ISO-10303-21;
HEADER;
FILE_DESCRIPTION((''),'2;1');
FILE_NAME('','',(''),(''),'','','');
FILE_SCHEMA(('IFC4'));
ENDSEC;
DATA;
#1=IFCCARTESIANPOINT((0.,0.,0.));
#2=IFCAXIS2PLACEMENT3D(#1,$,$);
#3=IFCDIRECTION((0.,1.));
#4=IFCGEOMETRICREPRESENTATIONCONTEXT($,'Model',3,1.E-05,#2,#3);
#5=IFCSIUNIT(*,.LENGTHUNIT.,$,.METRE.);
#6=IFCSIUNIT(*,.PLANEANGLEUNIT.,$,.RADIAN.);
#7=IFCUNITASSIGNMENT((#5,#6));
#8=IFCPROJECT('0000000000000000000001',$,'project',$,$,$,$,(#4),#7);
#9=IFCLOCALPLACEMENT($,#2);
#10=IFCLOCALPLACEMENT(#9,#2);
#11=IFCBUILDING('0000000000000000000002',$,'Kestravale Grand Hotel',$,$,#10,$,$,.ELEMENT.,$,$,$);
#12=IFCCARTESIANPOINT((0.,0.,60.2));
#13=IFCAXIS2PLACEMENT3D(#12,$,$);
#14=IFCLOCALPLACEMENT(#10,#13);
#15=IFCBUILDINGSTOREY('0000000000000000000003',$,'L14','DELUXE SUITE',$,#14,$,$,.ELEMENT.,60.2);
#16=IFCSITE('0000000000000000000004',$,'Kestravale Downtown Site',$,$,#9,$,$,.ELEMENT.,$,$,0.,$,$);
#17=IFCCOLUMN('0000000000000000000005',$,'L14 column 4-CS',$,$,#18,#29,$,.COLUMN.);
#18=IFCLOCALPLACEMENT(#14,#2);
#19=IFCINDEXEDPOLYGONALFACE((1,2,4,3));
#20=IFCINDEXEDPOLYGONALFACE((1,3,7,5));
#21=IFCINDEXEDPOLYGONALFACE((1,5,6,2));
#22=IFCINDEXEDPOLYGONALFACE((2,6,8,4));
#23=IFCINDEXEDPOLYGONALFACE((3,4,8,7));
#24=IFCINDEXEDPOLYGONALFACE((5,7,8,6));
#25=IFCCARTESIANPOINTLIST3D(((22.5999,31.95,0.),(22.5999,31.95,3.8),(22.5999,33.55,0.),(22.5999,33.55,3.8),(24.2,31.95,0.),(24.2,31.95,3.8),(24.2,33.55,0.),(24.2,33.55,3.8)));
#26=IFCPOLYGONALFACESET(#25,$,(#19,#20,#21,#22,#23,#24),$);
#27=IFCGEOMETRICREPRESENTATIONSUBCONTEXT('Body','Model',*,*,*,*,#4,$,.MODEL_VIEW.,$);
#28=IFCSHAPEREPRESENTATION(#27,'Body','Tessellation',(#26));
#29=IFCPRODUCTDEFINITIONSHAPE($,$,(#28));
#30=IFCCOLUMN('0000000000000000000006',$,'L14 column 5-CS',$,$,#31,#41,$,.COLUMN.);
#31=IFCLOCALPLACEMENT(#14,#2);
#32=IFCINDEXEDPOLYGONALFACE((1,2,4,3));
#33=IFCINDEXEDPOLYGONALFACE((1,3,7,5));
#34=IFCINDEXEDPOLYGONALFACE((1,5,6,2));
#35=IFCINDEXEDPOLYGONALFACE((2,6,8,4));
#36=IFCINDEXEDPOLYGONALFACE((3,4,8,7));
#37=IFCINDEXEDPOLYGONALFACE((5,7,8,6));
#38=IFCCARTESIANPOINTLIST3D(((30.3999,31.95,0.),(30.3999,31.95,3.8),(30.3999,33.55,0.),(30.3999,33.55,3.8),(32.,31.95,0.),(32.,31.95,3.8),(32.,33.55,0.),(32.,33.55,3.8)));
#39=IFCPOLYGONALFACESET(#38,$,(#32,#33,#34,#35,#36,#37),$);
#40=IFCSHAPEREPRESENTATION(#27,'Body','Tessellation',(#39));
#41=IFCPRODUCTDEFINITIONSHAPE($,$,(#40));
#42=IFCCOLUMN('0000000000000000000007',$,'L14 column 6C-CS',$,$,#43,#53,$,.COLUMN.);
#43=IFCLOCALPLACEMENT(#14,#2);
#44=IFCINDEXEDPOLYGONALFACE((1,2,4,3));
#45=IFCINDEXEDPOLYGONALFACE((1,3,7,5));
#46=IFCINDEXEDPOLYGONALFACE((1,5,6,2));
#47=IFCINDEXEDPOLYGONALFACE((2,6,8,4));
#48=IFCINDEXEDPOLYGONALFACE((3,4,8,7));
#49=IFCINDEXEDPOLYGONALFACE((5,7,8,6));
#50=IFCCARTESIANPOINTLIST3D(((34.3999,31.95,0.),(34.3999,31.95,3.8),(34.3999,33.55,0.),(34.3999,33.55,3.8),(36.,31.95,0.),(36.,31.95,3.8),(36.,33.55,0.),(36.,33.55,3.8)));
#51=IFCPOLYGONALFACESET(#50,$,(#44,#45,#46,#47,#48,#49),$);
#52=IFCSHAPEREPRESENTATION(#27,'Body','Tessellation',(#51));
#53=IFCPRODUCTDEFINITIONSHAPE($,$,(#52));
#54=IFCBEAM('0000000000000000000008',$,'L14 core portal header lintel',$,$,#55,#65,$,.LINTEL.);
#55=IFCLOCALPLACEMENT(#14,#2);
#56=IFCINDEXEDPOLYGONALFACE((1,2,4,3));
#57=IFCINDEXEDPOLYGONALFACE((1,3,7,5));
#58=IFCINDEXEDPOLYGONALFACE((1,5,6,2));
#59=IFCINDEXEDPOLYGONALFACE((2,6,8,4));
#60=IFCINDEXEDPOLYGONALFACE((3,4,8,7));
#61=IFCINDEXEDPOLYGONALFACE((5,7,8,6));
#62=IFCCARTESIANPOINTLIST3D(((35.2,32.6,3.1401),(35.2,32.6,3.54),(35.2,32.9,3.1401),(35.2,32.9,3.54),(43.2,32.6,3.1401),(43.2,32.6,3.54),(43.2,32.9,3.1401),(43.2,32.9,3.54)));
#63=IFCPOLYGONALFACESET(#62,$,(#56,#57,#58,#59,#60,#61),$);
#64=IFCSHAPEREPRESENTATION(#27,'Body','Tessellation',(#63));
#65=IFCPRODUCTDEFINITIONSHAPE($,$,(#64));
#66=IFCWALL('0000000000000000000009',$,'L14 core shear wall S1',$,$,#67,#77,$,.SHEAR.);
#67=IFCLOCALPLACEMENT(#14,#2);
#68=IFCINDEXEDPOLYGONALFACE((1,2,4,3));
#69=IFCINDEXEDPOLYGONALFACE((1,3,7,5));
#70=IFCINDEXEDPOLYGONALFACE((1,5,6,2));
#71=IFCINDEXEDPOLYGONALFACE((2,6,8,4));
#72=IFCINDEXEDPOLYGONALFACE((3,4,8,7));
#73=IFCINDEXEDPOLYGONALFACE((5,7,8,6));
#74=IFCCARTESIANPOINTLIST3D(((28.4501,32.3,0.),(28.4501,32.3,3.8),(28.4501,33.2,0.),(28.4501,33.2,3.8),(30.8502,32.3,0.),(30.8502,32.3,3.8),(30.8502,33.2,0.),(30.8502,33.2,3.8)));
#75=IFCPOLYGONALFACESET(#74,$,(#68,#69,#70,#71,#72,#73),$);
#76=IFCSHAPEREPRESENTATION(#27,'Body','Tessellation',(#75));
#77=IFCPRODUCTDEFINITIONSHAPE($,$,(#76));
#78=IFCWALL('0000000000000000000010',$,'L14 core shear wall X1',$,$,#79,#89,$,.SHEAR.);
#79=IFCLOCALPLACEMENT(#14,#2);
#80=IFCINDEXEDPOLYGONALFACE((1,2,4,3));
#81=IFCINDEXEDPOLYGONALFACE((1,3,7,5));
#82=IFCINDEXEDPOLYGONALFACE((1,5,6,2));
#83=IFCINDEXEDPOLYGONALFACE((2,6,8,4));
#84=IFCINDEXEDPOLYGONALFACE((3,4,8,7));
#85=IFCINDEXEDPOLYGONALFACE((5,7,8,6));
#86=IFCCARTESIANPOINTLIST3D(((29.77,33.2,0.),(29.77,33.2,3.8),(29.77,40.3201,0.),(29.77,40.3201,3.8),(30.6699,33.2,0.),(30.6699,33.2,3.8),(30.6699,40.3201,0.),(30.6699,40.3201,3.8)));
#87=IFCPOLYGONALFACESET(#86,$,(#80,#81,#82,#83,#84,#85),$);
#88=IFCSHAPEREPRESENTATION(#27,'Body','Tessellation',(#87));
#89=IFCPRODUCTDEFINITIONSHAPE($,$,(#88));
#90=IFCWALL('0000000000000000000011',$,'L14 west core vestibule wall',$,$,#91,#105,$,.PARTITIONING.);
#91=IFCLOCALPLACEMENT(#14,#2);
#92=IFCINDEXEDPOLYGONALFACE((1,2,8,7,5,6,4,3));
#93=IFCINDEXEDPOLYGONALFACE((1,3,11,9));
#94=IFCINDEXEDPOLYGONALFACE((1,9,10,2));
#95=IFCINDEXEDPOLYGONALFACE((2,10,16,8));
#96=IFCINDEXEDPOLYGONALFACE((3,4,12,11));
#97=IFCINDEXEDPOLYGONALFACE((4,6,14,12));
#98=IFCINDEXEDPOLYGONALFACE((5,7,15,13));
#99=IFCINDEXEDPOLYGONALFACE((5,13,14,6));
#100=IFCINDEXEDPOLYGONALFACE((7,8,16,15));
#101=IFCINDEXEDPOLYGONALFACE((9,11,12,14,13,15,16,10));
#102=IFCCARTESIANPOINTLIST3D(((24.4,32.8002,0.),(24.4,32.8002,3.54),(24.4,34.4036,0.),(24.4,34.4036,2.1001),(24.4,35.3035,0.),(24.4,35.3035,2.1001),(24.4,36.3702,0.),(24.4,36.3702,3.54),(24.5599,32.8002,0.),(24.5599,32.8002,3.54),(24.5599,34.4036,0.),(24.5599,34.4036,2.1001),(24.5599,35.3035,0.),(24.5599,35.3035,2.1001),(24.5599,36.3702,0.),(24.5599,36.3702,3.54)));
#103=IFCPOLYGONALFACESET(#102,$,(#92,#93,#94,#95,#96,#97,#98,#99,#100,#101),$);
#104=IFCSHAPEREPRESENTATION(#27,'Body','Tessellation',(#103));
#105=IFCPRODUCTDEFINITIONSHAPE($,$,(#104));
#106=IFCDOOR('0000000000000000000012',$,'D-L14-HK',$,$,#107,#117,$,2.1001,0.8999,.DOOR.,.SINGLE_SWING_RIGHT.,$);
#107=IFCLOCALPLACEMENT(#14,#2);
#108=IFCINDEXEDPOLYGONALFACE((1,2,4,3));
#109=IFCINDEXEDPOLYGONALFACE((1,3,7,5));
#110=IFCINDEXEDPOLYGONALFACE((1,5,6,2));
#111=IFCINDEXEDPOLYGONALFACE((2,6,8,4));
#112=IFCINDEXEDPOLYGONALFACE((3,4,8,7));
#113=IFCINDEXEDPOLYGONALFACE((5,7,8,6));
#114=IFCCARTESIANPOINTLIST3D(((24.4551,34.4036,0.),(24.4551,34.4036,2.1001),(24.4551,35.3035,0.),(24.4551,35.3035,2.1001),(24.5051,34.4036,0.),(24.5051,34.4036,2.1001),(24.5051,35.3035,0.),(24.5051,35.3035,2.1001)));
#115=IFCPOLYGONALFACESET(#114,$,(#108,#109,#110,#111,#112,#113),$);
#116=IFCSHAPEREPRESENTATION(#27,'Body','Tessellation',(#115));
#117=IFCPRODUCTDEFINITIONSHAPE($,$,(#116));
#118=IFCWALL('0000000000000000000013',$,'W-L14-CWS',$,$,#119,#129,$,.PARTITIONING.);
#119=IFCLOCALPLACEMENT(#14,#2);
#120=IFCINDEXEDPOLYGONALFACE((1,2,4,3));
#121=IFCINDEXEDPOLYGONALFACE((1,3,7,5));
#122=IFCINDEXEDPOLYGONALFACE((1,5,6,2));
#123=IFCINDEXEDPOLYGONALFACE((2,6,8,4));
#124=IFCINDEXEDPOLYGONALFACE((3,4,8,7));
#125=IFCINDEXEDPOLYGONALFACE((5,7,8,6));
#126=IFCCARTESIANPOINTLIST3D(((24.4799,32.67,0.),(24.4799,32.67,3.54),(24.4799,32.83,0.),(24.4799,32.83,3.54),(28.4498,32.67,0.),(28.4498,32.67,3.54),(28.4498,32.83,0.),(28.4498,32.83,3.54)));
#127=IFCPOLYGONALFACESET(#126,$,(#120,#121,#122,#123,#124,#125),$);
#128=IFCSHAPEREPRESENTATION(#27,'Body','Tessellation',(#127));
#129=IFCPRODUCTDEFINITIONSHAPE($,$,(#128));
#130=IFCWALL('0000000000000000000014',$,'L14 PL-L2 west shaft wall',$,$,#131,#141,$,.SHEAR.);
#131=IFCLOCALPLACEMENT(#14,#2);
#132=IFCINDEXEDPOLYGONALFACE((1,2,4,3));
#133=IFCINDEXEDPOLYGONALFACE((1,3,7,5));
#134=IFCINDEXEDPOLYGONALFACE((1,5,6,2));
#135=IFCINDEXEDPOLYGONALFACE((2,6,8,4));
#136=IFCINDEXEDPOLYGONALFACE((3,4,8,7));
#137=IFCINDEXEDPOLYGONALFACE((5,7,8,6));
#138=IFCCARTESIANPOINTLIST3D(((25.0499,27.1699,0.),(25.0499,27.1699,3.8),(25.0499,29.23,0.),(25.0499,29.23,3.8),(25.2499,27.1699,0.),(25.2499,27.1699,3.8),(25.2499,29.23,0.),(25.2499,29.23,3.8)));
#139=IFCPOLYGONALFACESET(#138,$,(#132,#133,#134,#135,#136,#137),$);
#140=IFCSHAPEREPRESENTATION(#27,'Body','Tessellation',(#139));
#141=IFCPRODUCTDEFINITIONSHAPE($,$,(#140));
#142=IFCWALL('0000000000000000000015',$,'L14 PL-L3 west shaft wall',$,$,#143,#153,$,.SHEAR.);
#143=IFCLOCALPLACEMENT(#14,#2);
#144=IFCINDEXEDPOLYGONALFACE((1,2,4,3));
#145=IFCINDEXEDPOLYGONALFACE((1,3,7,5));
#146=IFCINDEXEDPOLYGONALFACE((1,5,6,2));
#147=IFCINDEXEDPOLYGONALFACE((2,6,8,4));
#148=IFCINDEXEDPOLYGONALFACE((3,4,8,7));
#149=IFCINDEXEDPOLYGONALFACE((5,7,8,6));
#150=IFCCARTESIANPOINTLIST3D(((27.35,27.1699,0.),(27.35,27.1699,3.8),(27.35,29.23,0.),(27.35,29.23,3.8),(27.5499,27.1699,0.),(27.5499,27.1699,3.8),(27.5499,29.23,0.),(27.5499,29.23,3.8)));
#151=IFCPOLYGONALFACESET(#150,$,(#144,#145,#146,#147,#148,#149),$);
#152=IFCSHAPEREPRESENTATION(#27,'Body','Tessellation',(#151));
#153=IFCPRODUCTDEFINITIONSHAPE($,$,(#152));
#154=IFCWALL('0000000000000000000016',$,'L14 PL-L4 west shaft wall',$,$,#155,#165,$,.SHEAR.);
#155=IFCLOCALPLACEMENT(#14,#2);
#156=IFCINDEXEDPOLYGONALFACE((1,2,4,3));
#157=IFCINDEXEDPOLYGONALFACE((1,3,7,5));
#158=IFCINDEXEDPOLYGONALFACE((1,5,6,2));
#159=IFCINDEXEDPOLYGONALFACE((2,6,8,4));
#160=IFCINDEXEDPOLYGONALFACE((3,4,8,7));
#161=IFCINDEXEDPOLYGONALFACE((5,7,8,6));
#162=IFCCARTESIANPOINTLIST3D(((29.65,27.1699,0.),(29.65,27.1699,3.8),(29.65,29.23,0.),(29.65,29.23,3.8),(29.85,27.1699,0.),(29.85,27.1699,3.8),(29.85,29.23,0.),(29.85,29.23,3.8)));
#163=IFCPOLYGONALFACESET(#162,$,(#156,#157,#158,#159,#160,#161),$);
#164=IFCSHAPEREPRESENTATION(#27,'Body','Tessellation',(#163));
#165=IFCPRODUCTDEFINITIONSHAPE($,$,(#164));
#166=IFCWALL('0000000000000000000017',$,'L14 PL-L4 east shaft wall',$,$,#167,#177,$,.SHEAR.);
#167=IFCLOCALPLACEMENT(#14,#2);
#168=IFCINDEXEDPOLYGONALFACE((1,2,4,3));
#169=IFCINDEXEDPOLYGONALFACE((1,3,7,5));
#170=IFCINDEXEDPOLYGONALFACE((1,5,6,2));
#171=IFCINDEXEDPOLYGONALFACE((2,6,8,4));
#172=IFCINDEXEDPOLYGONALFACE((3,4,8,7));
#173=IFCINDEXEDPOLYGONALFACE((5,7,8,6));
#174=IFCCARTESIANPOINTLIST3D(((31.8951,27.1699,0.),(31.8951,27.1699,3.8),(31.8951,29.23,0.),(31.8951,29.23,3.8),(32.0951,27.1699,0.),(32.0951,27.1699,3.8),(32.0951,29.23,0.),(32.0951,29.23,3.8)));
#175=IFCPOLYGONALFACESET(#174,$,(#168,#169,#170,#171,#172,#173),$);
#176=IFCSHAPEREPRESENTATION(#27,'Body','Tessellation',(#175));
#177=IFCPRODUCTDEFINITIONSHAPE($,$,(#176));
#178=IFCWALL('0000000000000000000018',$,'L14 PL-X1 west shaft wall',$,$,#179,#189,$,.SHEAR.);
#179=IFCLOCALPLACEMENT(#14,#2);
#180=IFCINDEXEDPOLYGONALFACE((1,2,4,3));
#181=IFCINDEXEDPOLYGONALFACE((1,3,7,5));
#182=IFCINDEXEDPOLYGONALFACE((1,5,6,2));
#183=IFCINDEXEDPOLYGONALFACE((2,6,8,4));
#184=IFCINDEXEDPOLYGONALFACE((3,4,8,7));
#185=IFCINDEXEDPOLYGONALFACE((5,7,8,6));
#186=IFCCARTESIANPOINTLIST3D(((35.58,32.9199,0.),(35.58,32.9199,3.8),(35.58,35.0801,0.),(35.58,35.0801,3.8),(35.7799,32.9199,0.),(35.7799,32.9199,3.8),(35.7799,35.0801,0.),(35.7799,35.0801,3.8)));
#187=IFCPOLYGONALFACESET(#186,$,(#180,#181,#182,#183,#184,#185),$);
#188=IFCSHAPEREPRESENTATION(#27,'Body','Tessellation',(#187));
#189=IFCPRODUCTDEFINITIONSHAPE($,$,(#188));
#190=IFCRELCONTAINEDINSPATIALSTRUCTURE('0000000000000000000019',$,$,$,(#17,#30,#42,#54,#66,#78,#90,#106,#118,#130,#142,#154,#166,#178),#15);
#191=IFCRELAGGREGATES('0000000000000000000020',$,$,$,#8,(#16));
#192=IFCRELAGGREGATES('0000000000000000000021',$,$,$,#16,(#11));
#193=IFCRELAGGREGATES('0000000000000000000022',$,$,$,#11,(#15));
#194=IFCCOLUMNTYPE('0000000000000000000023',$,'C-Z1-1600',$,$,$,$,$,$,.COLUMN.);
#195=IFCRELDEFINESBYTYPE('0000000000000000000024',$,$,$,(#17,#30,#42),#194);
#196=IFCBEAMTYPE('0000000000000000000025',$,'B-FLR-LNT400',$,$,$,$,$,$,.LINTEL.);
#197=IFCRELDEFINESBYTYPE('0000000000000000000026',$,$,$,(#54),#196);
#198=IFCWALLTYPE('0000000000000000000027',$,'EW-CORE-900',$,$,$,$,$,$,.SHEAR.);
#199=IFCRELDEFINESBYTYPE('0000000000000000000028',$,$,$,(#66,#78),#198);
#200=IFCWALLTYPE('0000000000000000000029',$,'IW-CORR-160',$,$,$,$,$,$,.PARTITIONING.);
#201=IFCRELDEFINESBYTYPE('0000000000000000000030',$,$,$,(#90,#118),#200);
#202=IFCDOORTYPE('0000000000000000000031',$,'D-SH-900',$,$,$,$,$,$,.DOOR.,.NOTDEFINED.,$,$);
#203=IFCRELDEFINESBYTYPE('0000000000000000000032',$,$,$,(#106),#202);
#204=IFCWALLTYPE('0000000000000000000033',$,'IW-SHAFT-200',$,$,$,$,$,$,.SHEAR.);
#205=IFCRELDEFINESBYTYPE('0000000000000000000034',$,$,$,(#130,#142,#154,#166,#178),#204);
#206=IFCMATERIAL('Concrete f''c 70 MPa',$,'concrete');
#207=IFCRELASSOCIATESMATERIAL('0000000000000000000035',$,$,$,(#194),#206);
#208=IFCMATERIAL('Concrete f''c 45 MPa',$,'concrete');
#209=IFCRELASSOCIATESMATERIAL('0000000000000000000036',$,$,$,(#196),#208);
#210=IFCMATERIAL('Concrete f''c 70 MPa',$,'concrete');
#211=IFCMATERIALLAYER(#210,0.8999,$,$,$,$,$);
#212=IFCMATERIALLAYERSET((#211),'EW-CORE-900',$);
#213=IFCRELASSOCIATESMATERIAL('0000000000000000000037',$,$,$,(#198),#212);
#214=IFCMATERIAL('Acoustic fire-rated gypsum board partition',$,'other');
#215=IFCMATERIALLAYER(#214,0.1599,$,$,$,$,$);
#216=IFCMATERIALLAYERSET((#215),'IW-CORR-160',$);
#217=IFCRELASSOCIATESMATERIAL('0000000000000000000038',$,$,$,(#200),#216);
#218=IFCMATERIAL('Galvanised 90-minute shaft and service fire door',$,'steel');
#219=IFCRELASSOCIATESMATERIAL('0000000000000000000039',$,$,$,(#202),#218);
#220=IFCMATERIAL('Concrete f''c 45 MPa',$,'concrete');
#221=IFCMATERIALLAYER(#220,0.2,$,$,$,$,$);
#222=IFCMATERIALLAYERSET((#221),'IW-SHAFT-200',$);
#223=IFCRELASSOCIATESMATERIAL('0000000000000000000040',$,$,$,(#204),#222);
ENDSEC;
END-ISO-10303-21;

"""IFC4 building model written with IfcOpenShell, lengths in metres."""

from ifc_helpers import new_model, si_unit, direction, frame, frame_2d, origin, origin_2d, place, context, subcontext, project, spatial, rectangle, extrude, material, layer, layer_set, material_profile, profile_set, type_object, element, fill, save


model = new_model("IFC4")

# Units and contexts
model_context = context("Model", 3, precision=1e-05, world=origin(), true_north=direction((0.0, 1.0)))
body_context = subcontext(model_context, "Body", "Model", "MODEL_VIEW")
ifc_project = project(units=[si_unit("LENGTHUNIT", "METRE"), si_unit("PLANEANGLEUNIT", "RADIAN")], contexts=[model_context])

# Site, building, storey
site_placement = place(None, origin())
site = spatial("IfcSite", under=ifc_project, at=site_placement, Name="Kestravale Downtown Site", CompositionType="ELEMENT", RefElevation=0.0)
building_placement = place(site_placement, origin())
building = spatial("IfcBuilding", under=site, at=building_placement, Name="Kestravale Grand Hotel", CompositionType="ELEMENT")
storey_placement = place(building_placement, frame((0.0, 0.0, 60.2)))
storey = spatial("IfcBuildingStorey", under=building, at=storey_placement, Name="L14", Description="DELUXE SUITE", CompositionType="ELEMENT", Elevation=60.2)

# Columns
ifc_material_1 = material(Name="Concrete f'c 70 MPa", Category="concrete")
ifc_material_profile_1 = material_profile(ifc_material_1, rectangle(XDim=1.6001, YDim=1.6001, at=origin_2d()))
ifc_profile_set_1 = profile_set([ifc_material_profile_1], Name="Concrete f'c 70 MPa")
column_type = type_object("IfcColumnType", Name="C-Z1-1600", PredefinedType="COLUMN", material=ifc_profile_set_1)
for number, where, z_axis, x_axis, name in (
    (1, (23.3999, 32.75, 0.0), (0.0, 0.0, 1.0), (1.0, 0.0, 0.0), "L14 column 4-CS"),
    (2, (31.2, 32.75, 0.0), (0.0, 0.0, 1.0), (1.0, 0.0, 0.0), "L14 column 5-CS"),
    (3, (35.2, 32.75, 0.0), (0.0, 0.0, 1.0), (1.0, 0.0, 0.0), "L14 column 6C-CS"),
):
    element("IfcColumn", number, at=place(storey_placement, frame(where, z_axis=z_axis, x_axis=x_axis)), inside=storey, type_object=column_type, Name=name, PredefinedType="COLUMN", context=body_context, shape_type="SweptSolid", body=[
        extrude(rectangle(XDim=1.6001, YDim=1.6001, at=origin_2d()), origin(), (0.0, 0.0, 1.0), 3.8),
    ])

# Beam
ifc_material_2 = material(Name="Concrete f'c 45 MPa", Category="concrete")
ifc_material_profile_2 = material_profile(ifc_material_2, rectangle(XDim=0.3, YDim=0.3999, at=origin_2d()))
ifc_profile_set_2 = profile_set([ifc_material_profile_2], Name="Concrete f'c 45 MPa")
beam_type = type_object("IfcBeamType", Name="B-FLR-LNT400", PredefinedType="LINTEL", material=ifc_profile_set_2)
beam_placement = place(storey_placement, frame((35.2, 32.75, 3.3401), z_axis=(1.0, 0.0, 0.0), x_axis=(0.0, 1.0, 0.0)))
element("IfcBeam", 4, at=beam_placement, inside=storey, type_object=beam_type, Name="L14 core portal header lintel", PredefinedType="LINTEL", context=body_context, shape_type="SweptSolid", body=[
    extrude(rectangle(XDim=0.3, YDim=0.3999, at=origin_2d()), origin(), (0.0, 0.0, 1.0), 8.0),
])

# Walls
ifc_material_3 = material(Name="Concrete f'c 70 MPa", Category="concrete")
ifc_layer_1 = layer(ifc_material_3, 0.8999)
ifc_layer_set_1 = layer_set([ifc_layer_1], Name="EW-CORE-900")
wall_type_1 = type_object("IfcWallType", Name="EW-CORE-900", PredefinedType="SHEAR", material=ifc_layer_set_1)
wall_1_placement = place(storey_placement, frame((28.45, 32.75, 0.0), z_axis=(0.0, 0.0, 1.0), x_axis=(1.0, 0.0, 0.0)))
element("IfcWall", 5, at=wall_1_placement, inside=storey, type_object=wall_type_1, Name="L14 core shear wall S1", PredefinedType="SHEAR", context=body_context, shape_type="SweptSolid", body=[
    extrude(rectangle(XDim=2.4001, YDim=0.8999, at=frame_2d((1.2002, 0.0))), origin(), (0.0, 0.0, 1.0), 3.8),
])
wall_2_placement = place(storey_placement, frame((30.22, 33.2, 0.0), z_axis=(0.0, 0.0, 1.0), x_axis=(0.0, 1.0, 0.0)))
element("IfcWall", 6, at=wall_2_placement, inside=storey, type_object=wall_type_1, Name="L14 core shear wall X1", PredefinedType="SHEAR", context=body_context, shape_type="SweptSolid", body=[
    extrude(rectangle(XDim=7.1201, YDim=0.8999, at=frame_2d((3.5601, 0.0))), origin(), (0.0, 0.0, 1.0), 3.8),
])

# Wall, opening, door
ifc_material_4 = material(Name="Acoustic fire-rated gypsum board partition", Category="other")
ifc_layer_2 = layer(ifc_material_4, 0.1599)
ifc_layer_set_2 = layer_set([ifc_layer_2], Name="IW-CORR-160")
wall_type_2 = type_object("IfcWallType", Name="IW-CORR-160", PredefinedType="PARTITIONING", material=ifc_layer_set_2)
wall_3_placement = place(storey_placement, frame((24.48, 32.8, 0.0), z_axis=(0.0, 0.0, 1.0), x_axis=(0.0, 1.0, 0.0)))
wall_3 = element("IfcWall", 7, at=wall_3_placement, inside=storey, type_object=wall_type_2, Name="L14 west core vestibule wall", PredefinedType="PARTITIONING", context=body_context, shape_type="SweptSolid", body=[
    extrude(rectangle(XDim=3.5701, YDim=0.1599, at=frame_2d((1.7852, 0.0))), origin(), (0.0, 0.0, 1.0), 3.54),
])
opening_1_placement = place(wall_3_placement, frame((1.6035, 0.0, 0.0)))
opening_1 = element("IfcOpeningElement", 8, at=opening_1_placement, cuts=wall_3, PredefinedType="OPENING", context=body_context, shape_type="SweptSolid", body=[
    extrude(rectangle(XDim=0.8999, YDim=2.1001, at=frame_2d((0.45, 1.05))), frame((0.0, 0.0898, 0.0), z_axis=(0.0, -1.0, 0.0), x_axis=(1.0, 0.0, 0.0)), (0.0, 0.0, 1.0), 0.1799),
])
ifc_material_5 = material(Name="Galvanised 90-minute shaft and service fire door", Category="steel")
door_type_1 = type_object("IfcDoorType", Name="D-SH-900", OperationType="NOTDEFINED", PredefinedType="DOOR", material=ifc_material_5)
door_1_placement = place(opening_1_placement, origin())
door_1 = element("IfcDoor", 9, at=door_1_placement, inside=storey, type_object=door_type_1, Name="D-L14-HK", OperationType="SINGLE_SWING_RIGHT", OverallHeight=2.1001, OverallWidth=0.8999, PredefinedType="DOOR", context=body_context, shape_type="SweptSolid", body=[
    extrude(rectangle(XDim=0.8999, YDim=2.1001, at=frame_2d((0.45, 1.05))), frame((0.0, 0.0249, 0.0), z_axis=(0.0, -1.0, 0.0), x_axis=(1.0, 0.0, 0.0)), (0.0, 0.0, 1.0), 0.05),
])
fill(opening_1, door_1)

# Walls
wall_4_placement = place(storey_placement, frame((24.48, 32.75, 0.0), z_axis=(0.0, 0.0, 1.0), x_axis=(1.0, 0.0, 0.0)))
element("IfcWall", 10, at=wall_4_placement, inside=storey, type_object=wall_type_2, Name="W-L14-CWS", PredefinedType="PARTITIONING", context=body_context, shape_type="SweptSolid", body=[
    extrude(rectangle(XDim=3.97, YDim=0.1599, at=frame_2d((1.9849, 0.0))), origin(), (0.0, 0.0, 1.0), 3.54),
])
ifc_material_6 = material(Name="Concrete f'c 45 MPa", Category="concrete")
ifc_layer_3 = layer(ifc_material_6, 0.2)
ifc_layer_set_3 = layer_set([ifc_layer_3], Name="IW-SHAFT-200")
wall_type_3 = type_object("IfcWallType", Name="IW-SHAFT-200", PredefinedType="SHEAR", material=ifc_layer_set_3)
for number, where, z_axis, x_axis, name in (
    (11, (25.1499, 27.1699, 0.0), (0.0, 0.0, 1.0), (0.0, 1.0, 0.0), "L14 PL-L2 west shaft wall"),
    (12, (27.45, 27.1699, 0.0), (0.0, 0.0, 1.0), (0.0, 1.0, 0.0), "L14 PL-L3 west shaft wall"),
    (13, (29.75, 27.1699, 0.0), (0.0, 0.0, 1.0), (0.0, 1.0, 0.0), "L14 PL-L4 west shaft wall"),
    (14, (31.9951, 27.1699, 0.0), (0.0, 0.0, 1.0), (0.0, 1.0, 0.0), "L14 PL-L4 east shaft wall"),
):
    element("IfcWall", number, at=place(storey_placement, frame(where, z_axis=z_axis, x_axis=x_axis)), inside=storey, type_object=wall_type_3, Name=name, PredefinedType="SHEAR", context=body_context, shape_type="SweptSolid", body=[
        extrude(rectangle(XDim=2.0601, YDim=0.2, at=frame_2d((1.03, 0.0))), origin(), (0.0, 0.0, 1.0), 3.8),
    ])
wall_5_placement = place(storey_placement, frame((35.6799, 32.9199, 0.0), z_axis=(0.0, 0.0, 1.0), x_axis=(0.0, 1.0, 0.0)))
element("IfcWall", 15, at=wall_5_placement, inside=storey, type_object=wall_type_3, Name="L14 PL-X1 west shaft wall", PredefinedType="SHEAR", context=body_context, shape_type="SweptSolid", body=[
    extrude(rectangle(XDim=2.1602, YDim=0.2, at=frame_2d((1.0801, 0.0))), origin(), (0.0, 0.0, 1.0), 3.8),
])

save(model, "model.ifc")
